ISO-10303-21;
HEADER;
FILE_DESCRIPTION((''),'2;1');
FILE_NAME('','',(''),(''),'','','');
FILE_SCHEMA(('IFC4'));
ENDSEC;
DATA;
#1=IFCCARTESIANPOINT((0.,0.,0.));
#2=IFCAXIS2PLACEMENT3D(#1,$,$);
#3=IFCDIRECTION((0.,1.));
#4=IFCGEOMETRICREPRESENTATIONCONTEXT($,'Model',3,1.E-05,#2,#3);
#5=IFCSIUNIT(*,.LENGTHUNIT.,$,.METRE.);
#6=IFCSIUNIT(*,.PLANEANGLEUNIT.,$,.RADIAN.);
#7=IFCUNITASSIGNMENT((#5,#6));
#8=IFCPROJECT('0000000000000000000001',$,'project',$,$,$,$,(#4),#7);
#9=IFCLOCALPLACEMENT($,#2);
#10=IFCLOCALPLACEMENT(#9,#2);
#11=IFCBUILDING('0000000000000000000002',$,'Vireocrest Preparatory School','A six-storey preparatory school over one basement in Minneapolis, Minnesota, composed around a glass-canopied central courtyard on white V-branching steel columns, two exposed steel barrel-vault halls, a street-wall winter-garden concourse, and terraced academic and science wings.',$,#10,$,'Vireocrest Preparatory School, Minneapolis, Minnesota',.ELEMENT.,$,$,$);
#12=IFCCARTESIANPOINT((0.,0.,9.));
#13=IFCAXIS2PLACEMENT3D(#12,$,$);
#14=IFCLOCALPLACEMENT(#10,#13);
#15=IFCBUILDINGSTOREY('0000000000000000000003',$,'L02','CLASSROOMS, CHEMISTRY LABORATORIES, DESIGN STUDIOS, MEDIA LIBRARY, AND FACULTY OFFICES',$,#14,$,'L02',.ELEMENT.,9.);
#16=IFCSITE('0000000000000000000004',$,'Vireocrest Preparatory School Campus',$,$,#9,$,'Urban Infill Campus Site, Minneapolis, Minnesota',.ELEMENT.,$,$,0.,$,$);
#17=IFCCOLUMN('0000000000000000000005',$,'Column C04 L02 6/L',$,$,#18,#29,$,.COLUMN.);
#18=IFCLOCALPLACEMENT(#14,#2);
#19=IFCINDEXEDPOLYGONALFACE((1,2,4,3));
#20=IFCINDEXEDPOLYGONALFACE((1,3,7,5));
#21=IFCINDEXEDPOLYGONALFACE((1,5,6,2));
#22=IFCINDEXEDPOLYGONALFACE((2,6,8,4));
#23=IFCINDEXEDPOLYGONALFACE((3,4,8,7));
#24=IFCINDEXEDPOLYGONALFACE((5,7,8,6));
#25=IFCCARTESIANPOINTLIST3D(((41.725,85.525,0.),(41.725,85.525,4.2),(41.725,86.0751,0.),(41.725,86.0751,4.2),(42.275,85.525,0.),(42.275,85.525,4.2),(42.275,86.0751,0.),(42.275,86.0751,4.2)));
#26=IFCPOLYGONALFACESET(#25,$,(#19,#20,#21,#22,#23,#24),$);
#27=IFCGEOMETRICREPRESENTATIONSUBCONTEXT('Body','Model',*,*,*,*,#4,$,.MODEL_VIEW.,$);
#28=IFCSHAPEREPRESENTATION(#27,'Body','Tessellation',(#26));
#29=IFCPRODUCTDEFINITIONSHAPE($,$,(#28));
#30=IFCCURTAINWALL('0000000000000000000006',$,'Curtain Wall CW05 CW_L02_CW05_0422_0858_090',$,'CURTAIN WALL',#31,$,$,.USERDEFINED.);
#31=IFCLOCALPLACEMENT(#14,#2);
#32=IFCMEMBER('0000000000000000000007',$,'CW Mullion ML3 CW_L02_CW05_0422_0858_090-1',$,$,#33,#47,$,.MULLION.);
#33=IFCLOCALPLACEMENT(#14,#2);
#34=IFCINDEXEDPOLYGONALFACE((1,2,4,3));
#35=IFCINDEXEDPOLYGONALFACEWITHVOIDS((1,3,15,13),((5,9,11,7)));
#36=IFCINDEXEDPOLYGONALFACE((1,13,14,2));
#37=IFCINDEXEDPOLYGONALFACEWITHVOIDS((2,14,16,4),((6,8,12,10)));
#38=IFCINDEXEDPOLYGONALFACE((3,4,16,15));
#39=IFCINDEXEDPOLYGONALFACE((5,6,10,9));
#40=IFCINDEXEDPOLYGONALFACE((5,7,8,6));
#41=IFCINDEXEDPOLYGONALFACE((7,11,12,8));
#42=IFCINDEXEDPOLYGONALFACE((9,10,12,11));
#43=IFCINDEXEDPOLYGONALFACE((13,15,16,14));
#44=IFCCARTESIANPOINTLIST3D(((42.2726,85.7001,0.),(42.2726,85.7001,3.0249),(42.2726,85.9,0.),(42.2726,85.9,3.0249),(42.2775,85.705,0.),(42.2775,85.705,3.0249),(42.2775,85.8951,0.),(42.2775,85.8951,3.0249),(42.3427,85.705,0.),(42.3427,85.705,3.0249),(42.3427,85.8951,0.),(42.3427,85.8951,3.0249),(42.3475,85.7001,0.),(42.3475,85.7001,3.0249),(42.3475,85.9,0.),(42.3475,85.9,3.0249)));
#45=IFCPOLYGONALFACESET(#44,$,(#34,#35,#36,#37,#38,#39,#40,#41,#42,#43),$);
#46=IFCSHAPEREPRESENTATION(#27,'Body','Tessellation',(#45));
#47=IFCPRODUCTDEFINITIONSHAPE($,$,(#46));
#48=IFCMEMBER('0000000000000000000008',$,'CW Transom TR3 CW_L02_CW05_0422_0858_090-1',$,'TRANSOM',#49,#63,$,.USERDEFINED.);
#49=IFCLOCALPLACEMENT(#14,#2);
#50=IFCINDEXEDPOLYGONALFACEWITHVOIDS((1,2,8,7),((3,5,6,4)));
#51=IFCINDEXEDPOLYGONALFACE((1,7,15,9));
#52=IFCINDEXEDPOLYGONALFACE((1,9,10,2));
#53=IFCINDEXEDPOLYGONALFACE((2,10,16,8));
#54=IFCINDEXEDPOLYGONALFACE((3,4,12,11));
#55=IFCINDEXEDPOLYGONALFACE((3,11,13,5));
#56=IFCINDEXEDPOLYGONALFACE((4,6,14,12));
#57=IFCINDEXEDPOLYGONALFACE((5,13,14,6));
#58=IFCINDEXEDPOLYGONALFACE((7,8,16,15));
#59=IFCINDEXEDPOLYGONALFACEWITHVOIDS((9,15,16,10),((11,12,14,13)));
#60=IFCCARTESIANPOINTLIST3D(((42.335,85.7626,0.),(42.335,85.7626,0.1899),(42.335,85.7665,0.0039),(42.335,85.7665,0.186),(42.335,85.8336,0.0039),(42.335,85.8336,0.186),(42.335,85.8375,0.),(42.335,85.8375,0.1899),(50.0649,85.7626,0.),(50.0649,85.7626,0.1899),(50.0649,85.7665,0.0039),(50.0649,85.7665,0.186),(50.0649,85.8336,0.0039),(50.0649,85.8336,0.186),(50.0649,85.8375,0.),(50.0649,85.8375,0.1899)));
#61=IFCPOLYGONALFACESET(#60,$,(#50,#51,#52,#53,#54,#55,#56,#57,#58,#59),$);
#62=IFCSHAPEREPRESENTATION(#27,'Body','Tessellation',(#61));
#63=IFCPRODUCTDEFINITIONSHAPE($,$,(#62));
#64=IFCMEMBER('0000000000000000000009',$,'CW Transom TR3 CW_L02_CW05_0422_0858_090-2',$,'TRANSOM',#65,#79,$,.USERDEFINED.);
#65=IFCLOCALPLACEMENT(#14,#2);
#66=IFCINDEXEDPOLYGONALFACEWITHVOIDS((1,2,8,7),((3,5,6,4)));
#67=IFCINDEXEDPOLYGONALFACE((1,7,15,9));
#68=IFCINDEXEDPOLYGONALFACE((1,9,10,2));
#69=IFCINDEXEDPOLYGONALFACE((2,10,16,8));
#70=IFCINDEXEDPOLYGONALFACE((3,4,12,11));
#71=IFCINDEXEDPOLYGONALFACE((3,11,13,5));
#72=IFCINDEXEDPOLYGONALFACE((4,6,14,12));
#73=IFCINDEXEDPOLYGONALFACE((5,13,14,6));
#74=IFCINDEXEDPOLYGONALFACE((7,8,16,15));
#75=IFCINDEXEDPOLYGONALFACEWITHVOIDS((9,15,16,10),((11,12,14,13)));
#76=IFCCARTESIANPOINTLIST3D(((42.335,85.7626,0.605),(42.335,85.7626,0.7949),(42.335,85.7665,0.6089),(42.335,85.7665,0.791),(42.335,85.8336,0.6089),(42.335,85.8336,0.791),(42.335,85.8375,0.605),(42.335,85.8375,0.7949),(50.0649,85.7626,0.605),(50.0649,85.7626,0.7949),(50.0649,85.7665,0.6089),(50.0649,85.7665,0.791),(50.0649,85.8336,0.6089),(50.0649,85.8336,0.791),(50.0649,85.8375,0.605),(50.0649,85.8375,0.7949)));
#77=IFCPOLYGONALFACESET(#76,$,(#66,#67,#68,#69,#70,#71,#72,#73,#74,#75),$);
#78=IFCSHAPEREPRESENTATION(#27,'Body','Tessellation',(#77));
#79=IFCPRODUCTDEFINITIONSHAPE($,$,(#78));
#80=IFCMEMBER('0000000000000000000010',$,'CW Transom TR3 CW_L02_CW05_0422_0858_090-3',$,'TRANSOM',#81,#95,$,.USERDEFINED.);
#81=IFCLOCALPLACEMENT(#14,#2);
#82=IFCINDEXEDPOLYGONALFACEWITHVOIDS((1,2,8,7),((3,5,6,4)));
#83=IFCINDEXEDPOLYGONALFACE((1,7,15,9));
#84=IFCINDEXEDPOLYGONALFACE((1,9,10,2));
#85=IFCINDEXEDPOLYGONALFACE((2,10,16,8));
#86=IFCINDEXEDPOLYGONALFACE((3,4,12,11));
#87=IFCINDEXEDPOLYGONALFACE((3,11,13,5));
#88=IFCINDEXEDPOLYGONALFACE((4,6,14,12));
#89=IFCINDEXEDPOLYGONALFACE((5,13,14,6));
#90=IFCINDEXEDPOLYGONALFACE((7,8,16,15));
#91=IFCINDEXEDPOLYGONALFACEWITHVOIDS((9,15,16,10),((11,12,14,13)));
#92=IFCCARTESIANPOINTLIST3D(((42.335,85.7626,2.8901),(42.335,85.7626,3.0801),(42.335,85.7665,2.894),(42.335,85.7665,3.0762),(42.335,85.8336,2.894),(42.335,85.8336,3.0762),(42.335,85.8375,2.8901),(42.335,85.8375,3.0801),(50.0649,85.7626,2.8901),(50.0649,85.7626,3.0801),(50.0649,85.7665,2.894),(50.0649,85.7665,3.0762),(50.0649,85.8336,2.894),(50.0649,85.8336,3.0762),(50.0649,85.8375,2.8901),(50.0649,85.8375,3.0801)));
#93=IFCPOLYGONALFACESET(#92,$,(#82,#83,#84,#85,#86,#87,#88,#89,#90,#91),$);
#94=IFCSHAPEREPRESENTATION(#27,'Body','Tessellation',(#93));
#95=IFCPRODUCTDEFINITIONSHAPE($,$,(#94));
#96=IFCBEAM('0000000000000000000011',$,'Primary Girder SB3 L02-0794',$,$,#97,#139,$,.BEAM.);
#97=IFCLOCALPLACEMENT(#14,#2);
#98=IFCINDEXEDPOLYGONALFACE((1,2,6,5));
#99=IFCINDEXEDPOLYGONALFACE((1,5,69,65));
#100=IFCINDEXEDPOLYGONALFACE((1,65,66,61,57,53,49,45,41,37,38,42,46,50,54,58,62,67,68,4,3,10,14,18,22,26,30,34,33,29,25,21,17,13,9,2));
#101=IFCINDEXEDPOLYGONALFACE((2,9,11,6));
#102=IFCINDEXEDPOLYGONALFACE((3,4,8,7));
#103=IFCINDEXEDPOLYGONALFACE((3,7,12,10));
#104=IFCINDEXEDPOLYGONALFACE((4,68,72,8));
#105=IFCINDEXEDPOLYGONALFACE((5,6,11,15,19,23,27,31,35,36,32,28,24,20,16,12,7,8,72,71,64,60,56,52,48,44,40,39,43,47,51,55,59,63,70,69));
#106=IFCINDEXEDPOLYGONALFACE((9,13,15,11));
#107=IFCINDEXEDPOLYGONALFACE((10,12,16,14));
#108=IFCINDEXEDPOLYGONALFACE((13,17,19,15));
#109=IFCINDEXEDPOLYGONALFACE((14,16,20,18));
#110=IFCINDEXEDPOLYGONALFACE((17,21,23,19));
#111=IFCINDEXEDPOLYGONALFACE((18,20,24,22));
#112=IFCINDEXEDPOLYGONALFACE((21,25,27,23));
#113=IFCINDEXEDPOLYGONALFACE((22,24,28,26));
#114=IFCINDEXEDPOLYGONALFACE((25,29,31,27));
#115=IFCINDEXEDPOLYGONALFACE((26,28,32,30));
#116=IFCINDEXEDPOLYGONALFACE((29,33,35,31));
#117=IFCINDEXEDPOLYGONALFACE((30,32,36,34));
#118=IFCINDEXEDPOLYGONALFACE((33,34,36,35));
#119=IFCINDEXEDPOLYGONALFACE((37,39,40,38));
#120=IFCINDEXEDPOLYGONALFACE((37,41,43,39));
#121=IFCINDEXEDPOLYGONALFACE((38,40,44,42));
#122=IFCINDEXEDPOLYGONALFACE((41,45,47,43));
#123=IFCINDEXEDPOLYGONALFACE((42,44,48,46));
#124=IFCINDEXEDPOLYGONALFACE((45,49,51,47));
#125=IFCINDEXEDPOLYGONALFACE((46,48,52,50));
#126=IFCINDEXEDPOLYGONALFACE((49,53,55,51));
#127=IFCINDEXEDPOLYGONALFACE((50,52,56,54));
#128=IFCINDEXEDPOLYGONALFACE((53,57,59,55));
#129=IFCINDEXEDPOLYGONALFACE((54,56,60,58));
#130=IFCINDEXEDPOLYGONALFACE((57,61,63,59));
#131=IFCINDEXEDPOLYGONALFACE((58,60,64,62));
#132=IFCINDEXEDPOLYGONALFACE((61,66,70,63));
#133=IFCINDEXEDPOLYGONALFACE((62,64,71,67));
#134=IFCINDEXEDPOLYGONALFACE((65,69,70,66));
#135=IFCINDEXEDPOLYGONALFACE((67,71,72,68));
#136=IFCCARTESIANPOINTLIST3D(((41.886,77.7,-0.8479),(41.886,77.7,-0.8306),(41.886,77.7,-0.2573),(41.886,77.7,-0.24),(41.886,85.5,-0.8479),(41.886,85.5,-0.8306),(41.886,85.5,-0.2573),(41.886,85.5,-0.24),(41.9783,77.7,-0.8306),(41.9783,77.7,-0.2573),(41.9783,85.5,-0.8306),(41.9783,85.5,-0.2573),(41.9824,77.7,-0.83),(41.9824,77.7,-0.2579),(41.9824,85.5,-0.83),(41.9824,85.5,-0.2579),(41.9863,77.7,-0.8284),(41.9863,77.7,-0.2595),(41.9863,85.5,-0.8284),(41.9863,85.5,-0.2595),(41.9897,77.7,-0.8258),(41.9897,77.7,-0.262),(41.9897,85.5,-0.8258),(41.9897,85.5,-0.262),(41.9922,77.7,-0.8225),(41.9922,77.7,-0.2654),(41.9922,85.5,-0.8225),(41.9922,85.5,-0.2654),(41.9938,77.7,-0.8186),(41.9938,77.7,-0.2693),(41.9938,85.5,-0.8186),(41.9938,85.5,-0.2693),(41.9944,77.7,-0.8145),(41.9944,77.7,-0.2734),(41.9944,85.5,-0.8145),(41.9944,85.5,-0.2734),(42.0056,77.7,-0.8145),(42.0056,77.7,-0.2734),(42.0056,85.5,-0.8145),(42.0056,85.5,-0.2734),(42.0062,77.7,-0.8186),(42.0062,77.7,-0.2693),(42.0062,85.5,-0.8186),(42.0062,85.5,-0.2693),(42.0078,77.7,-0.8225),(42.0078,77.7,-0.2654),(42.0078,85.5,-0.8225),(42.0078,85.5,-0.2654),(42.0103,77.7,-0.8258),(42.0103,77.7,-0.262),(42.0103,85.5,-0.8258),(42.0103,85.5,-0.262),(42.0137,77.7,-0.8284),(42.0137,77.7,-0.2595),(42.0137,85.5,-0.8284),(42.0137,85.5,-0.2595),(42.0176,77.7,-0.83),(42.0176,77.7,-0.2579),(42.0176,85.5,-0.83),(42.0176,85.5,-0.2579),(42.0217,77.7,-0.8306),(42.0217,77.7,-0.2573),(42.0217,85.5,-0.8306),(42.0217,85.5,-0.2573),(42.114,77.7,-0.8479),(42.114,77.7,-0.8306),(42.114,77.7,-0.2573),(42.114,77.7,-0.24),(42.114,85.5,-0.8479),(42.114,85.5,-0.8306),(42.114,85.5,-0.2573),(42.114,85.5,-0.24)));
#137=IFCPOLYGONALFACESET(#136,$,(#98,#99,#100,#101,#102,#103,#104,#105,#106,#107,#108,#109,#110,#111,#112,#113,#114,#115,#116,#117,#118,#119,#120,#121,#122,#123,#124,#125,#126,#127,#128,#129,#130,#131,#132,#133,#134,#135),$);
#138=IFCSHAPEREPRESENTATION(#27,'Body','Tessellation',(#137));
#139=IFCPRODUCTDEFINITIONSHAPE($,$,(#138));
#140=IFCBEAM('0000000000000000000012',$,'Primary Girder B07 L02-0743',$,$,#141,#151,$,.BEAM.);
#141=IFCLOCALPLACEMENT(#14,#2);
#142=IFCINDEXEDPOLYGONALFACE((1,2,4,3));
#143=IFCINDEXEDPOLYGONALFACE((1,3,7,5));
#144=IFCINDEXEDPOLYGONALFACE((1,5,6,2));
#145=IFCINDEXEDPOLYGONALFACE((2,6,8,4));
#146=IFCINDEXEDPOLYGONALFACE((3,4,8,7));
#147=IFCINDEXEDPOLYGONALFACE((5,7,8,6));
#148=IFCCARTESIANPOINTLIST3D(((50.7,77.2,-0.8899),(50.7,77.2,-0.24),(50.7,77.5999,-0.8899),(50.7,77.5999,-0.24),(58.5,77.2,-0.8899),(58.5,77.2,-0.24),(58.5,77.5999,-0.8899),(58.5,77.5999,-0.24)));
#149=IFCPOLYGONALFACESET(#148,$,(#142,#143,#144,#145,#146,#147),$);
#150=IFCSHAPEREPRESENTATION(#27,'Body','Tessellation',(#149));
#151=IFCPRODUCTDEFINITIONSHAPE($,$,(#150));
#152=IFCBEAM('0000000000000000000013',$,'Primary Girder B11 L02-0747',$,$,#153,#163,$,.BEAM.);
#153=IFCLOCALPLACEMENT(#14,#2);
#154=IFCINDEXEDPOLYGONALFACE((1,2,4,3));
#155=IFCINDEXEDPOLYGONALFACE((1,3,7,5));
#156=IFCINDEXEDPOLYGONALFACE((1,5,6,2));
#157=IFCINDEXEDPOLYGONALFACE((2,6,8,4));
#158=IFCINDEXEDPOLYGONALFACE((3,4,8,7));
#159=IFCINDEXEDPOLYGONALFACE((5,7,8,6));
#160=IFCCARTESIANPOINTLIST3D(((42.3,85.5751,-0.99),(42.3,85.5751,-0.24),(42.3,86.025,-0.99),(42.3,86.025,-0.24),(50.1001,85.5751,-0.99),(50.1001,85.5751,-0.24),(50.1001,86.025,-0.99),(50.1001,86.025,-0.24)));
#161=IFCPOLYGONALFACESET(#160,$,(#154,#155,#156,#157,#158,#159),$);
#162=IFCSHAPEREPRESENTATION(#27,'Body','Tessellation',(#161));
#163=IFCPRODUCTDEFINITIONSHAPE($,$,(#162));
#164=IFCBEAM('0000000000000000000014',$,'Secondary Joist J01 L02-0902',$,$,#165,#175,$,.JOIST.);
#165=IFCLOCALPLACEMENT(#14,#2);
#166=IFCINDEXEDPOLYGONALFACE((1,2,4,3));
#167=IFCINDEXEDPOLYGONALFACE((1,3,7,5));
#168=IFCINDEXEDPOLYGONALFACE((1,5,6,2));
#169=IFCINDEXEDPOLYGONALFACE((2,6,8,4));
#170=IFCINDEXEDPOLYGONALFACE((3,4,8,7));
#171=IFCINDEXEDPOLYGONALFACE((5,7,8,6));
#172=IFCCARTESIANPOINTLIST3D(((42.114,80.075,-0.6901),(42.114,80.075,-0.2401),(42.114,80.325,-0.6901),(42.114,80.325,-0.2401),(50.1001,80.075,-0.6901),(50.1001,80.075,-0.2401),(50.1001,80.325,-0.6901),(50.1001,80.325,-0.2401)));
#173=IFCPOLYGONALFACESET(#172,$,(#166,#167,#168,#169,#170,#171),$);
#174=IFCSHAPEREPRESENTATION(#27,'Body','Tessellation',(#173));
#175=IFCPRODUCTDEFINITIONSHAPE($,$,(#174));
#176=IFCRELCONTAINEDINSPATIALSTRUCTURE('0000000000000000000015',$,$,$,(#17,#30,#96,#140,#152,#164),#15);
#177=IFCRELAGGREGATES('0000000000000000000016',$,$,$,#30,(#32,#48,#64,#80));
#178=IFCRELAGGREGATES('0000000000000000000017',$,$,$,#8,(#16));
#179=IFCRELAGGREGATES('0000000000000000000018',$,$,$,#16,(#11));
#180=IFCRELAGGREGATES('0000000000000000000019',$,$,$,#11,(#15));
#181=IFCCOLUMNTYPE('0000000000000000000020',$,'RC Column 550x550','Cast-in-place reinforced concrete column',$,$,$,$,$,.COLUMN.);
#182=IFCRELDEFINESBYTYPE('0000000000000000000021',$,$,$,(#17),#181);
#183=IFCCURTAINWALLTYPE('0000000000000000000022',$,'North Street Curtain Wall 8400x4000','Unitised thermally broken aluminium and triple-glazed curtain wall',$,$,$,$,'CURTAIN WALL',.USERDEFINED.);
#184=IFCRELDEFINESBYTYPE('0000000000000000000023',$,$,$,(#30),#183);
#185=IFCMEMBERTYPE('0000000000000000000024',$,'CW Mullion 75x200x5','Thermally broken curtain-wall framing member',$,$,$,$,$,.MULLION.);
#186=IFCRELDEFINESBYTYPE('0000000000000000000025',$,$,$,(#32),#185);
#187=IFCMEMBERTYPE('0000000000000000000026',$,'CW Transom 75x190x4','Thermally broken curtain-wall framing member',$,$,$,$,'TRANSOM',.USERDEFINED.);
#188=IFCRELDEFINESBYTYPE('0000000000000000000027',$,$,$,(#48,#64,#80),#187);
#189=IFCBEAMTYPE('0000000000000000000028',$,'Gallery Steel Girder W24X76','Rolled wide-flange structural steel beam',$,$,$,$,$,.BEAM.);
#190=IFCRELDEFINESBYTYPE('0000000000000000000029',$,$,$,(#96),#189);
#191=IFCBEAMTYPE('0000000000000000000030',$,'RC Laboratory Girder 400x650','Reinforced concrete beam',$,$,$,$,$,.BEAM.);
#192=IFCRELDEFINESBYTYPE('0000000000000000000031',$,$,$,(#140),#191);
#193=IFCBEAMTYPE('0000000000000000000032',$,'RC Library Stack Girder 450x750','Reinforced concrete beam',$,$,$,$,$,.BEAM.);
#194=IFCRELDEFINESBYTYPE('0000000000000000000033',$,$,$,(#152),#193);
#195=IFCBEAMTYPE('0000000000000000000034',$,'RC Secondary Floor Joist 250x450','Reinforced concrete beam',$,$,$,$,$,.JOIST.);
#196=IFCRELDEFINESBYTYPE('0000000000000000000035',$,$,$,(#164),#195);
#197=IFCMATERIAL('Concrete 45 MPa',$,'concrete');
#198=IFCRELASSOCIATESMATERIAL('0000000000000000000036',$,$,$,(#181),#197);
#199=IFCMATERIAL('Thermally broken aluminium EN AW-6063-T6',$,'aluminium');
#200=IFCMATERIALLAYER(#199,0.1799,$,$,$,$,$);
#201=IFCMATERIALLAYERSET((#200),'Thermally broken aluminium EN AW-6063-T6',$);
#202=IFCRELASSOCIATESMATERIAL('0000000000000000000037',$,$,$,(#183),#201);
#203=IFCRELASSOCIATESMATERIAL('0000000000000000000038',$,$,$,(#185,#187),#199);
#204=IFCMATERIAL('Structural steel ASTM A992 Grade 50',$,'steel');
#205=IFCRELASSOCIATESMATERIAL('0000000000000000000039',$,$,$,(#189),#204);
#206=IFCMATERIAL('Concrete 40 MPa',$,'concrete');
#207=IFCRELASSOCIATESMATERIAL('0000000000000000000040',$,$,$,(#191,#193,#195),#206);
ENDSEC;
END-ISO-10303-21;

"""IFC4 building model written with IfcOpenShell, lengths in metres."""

from ifc_helpers import new_model, si_unit, direction, frame, origin, origin_2d, place, context, subcontext, project, spatial, rectangle, hollow_rectangle, i_section, extrude, material, layer, layer_set, material_profile, profile_set, type_object, element, aggregate, save


model = new_model("IFC4")

# Units and contexts
model_context = context("Model", 3, precision=1e-05, world=origin(), true_north=direction((0.0, 1.0)))
body_context = subcontext(model_context, "Body", "Model", "MODEL_VIEW")
ifc_project = project(units=[si_unit("LENGTHUNIT", "METRE"), si_unit("PLANEANGLEUNIT", "RADIAN")], contexts=[model_context])

# Site, building, storey
site_placement = place(None, origin())
site = spatial("IfcSite", under=ifc_project, at=site_placement, Name="Vireocrest Preparatory School Campus", LongName="Urban Infill Campus Site, Minneapolis, Minnesota", CompositionType="ELEMENT", RefElevation=0.0)
building_placement = place(site_placement, origin())
building = spatial("IfcBuilding", under=site, at=building_placement, Name="Vireocrest Preparatory School", Description="A six-storey preparatory school over one basement in Minneapolis, Minnesota, composed around a glass-canopied central courtyard on white V-branching steel columns, two exposed steel barrel-vault halls, a street-wall winter-garden concourse, and terraced academic and science wings.", LongName="Vireocrest Preparatory School, Minneapolis, Minnesota", CompositionType="ELEMENT")
storey_placement = place(building_placement, frame((0.0, 0.0, 9.0)))
storey = spatial("IfcBuildingStorey", under=building, at=storey_placement, Name="L02", Description="CLASSROOMS, CHEMISTRY LABORATORIES, DESIGN STUDIOS, MEDIA LIBRARY, AND FACULTY OFFICES", LongName="L02", CompositionType="ELEMENT", Elevation=9.0)

# Column
ifc_material_1 = material(Name="Concrete 45 MPa", Category="concrete")
ifc_material_profile_1 = material_profile(ifc_material_1, rectangle(XDim=0.55, YDim=0.55, at=origin_2d()), Name="RC 550x550")
ifc_profile_set_1 = profile_set([ifc_material_profile_1], Name="Concrete 45 MPa")
column_type = type_object("IfcColumnType", Name="RC Column 550x550", Description="Cast-in-place reinforced concrete column", PredefinedType="COLUMN", material=ifc_profile_set_1)
column_placement = place(storey_placement, frame((42.0, 85.8, 0.0), z_axis=(0.0, 0.0, 1.0), x_axis=(1.0, 0.0, 0.0)))
element("IfcColumn", 1, at=column_placement, inside=storey, type_object=column_type, Name="Column C04 L02 6/L", PredefinedType="COLUMN", context=body_context, shape_type="SweptSolid", body=[
    extrude(rectangle(XDim=0.55, YDim=0.55, at=origin_2d()), origin(), (0.0, 0.0, 1.0), 4.2),
])

# Curtain wall, members
ifc_material_2 = material(Name="Thermally broken aluminium EN AW-6063-T6", Category="aluminium")
ifc_layer_1 = layer(ifc_material_2, 0.1799)
ifc_layer_set_1 = layer_set([ifc_layer_1], Name="Thermally broken aluminium EN AW-6063-T6")
curtain_wall_type = type_object("IfcCurtainWallType", Name="North Street Curtain Wall 8400x4000", Description="Unitised thermally broken aluminium and triple-glazed curtain wall", ElementType="CURTAIN WALL", PredefinedType="USERDEFINED", material=ifc_layer_set_1)
curtain_wall_placement = place(storey_placement, origin())
curtain_wall = element("IfcCurtainWall", 2, at=curtain_wall_placement, inside=storey, type_object=curtain_wall_type, Name="Curtain Wall CW05 CW_L02_CW05_0422_0858_090", ObjectType="CURTAIN WALL", PredefinedType="USERDEFINED")
ifc_material_profile_2 = material_profile(ifc_material_2, hollow_rectangle(XDim=0.075, YDim=0.2, WallThickness=0.0049, at=origin_2d()), Name="ALU 75x200x5")
ifc_profile_set_2 = profile_set([ifc_material_profile_2], Name="Thermally broken aluminium EN AW-6063-T6")
member_type_1 = type_object("IfcMemberType", Name="CW Mullion 75x200x5", Description="Thermally broken curtain-wall framing member", PredefinedType="MULLION", material=ifc_profile_set_2)
member_1_placement = place(storey_placement, frame((42.3101, 85.8, 0.0), z_axis=(0.0, 0.0, 1.0), x_axis=(1.0, 0.0, 0.0)))
member_1 = element("IfcMember", 3, at=member_1_placement, type_object=member_type_1, Name="CW Mullion ML3 CW_L02_CW05_0422_0858_090-1", PredefinedType="MULLION", context=body_context, shape_type="SweptSolid", body=[
    extrude(hollow_rectangle(XDim=0.075, YDim=0.2, WallThickness=0.0049, at=origin_2d()), origin(), (0.0, 0.0, 1.0), 3.0249),
])
ifc_material_profile_3 = material_profile(ifc_material_2, hollow_rectangle(XDim=0.075, YDim=0.1899, WallThickness=0.0039, at=origin_2d()), Name="ALU 75x190x4")
ifc_profile_set_3 = profile_set([ifc_material_profile_3], Name="Thermally broken aluminium EN AW-6063-T6")
member_type_2 = type_object("IfcMemberType", Name="CW Transom 75x190x4", Description="Thermally broken curtain-wall framing member", ElementType="TRANSOM", PredefinedType="USERDEFINED", material=ifc_profile_set_3)
member_2_placement = place(storey_placement, frame((42.335, 85.8, 0.095), z_axis=(1.0, 0.0, 0.0), x_axis=(0.0, 1.0, 0.0)))
member_2 = element("IfcMember", 4, at=member_2_placement, type_object=member_type_2, Name="CW Transom TR3 CW_L02_CW05_0422_0858_090-1", ObjectType="TRANSOM", PredefinedType="USERDEFINED", context=body_context, shape_type="SweptSolid", body=[
    extrude(hollow_rectangle(XDim=0.075, YDim=0.1899, WallThickness=0.0039, at=origin_2d()), origin(), (0.0, 0.0, 1.0), 7.73),
])
member_3_placement = place(storey_placement, frame((42.335, 85.8, 0.7), z_axis=(1.0, 0.0, 0.0), x_axis=(0.0, 1.0, 0.0)))
member_3 = element("IfcMember", 5, at=member_3_placement, type_object=member_type_2, Name="CW Transom TR3 CW_L02_CW05_0422_0858_090-2", ObjectType="TRANSOM", PredefinedType="USERDEFINED", context=body_context, shape_type="SweptSolid", body=[
    extrude(hollow_rectangle(XDim=0.075, YDim=0.1899, WallThickness=0.0039, at=origin_2d()), origin(), (0.0, 0.0, 1.0), 7.73),
])
member_4_placement = place(storey_placement, frame((42.335, 85.8, 2.9851), z_axis=(1.0, 0.0, 0.0), x_axis=(0.0, 1.0, 0.0)))
member_4 = element("IfcMember", 6, at=member_4_placement, type_object=member_type_2, Name="CW Transom TR3 CW_L02_CW05_0422_0858_090-3", ObjectType="TRANSOM", PredefinedType="USERDEFINED", context=body_context, shape_type="SweptSolid", body=[
    extrude(hollow_rectangle(XDim=0.075, YDim=0.1899, WallThickness=0.0039, at=origin_2d()), origin(), (0.0, 0.0, 1.0), 7.73),
])

# Beams
ifc_material_3 = material(Name="Structural steel ASTM A992 Grade 50", Category="steel")
ifc_material_profile_4 = material_profile(ifc_material_3, i_section(OverallWidth=0.228, OverallDepth=0.6079, WebThickness=0.0112, FlangeThickness=0.0173, FilletRadius=0.0161, at=origin_2d()), Name="W24X76")
ifc_profile_set_4 = profile_set([ifc_material_profile_4], Name="Structural steel ASTM A992 Grade 50")
beam_type_1 = type_object("IfcBeamType", Name="Gallery Steel Girder W24X76", Description="Rolled wide-flange structural steel beam", PredefinedType="BEAM", material=ifc_profile_set_4)
beam_1_placement = place(storey_placement, frame((42.0, 77.7, -0.5439), z_axis=(0.0, 1.0, 0.0), x_axis=(-1.0, 0.0, 0.0)))
element("IfcBeam", 7, at=beam_1_placement, inside=storey, type_object=beam_type_1, Name="Primary Girder SB3 L02-0794", PredefinedType="BEAM", context=body_context, shape_type="SweptSolid", body=[
    extrude(i_section(OverallWidth=0.228, OverallDepth=0.6079, WebThickness=0.0112, FlangeThickness=0.0173, FilletRadius=0.0161, at=origin_2d()), origin(), (0.0, 0.0, 1.0), 7.8),
])
ifc_material_4 = material(Name="Concrete 40 MPa", Category="concrete")
ifc_material_profile_5 = material_profile(ifc_material_4, rectangle(XDim=0.3999, YDim=0.6499, at=origin_2d()), Name="RC 400x650")
ifc_profile_set_5 = profile_set([ifc_material_profile_5], Name="Concrete 40 MPa")
beam_type_2 = type_object("IfcBeamType", Name="RC Laboratory Girder 400x650", Description="Reinforced concrete beam", PredefinedType="BEAM", material=ifc_profile_set_5)
beam_2_placement = place(storey_placement, frame((50.7, 77.3999, -0.5649), z_axis=(1.0, 0.0, 0.0), x_axis=(0.0, 1.0, 0.0)))
element("IfcBeam", 8, at=beam_2_placement, inside=storey, type_object=beam_type_2, Name="Primary Girder B07 L02-0743", PredefinedType="BEAM", context=body_context, shape_type="SweptSolid", body=[
    extrude(rectangle(XDim=0.3999, YDim=0.6499, at=origin_2d()), origin(), (0.0, 0.0, 1.0), 7.8),
])
ifc_material_profile_6 = material_profile(ifc_material_4, rectangle(XDim=0.45, YDim=0.75, at=origin_2d()), Name="RC 450x750")
ifc_profile_set_6 = profile_set([ifc_material_profile_6], Name="Concrete 40 MPa")
beam_type_3 = type_object("IfcBeamType", Name="RC Library Stack Girder 450x750", Description="Reinforced concrete beam", PredefinedType="BEAM", material=ifc_profile_set_6)
beam_3_placement = place(storey_placement, frame((42.3, 85.8, -0.615), z_axis=(1.0, 0.0, 0.0), x_axis=(0.0, 1.0, 0.0)))
element("IfcBeam", 9, at=beam_3_placement, inside=storey, type_object=beam_type_3, Name="Primary Girder B11 L02-0747", PredefinedType="BEAM", context=body_context, shape_type="SweptSolid", body=[
    extrude(rectangle(XDim=0.45, YDim=0.75, at=origin_2d()), origin(), (0.0, 0.0, 1.0), 7.8),
])
ifc_material_profile_7 = material_profile(ifc_material_4, rectangle(XDim=0.25, YDim=0.45, at=origin_2d()), Name="RC 250x450")
ifc_profile_set_7 = profile_set([ifc_material_profile_7], Name="Concrete 40 MPa")
beam_type_4 = type_object("IfcBeamType", Name="RC Secondary Floor Joist 250x450", Description="Reinforced concrete beam", PredefinedType="JOIST", material=ifc_profile_set_7)
for number, where, z_axis, x_axis, name in (
    (10, (42.114, 80.2, -0.4651), (1.0, 0.0, 0.0), (0.0, 1.0, 0.0), "Secondary Joist J01 L02-0902"),
):
    element("IfcBeam", number, at=place(storey_placement, frame(where, z_axis=z_axis, x_axis=x_axis)), inside=storey, type_object=beam_type_4, Name=name, PredefinedType="JOIST", context=body_context, shape_type="SweptSolid", body=[
        extrude(rectangle(XDim=0.25, YDim=0.45, at=origin_2d()), origin(), (0.0, 0.0, 1.0), 7.9861),
    ])

aggregate(curtain_wall, [member_1, member_2, member_3, member_4])

save(model, "model.ifc")
